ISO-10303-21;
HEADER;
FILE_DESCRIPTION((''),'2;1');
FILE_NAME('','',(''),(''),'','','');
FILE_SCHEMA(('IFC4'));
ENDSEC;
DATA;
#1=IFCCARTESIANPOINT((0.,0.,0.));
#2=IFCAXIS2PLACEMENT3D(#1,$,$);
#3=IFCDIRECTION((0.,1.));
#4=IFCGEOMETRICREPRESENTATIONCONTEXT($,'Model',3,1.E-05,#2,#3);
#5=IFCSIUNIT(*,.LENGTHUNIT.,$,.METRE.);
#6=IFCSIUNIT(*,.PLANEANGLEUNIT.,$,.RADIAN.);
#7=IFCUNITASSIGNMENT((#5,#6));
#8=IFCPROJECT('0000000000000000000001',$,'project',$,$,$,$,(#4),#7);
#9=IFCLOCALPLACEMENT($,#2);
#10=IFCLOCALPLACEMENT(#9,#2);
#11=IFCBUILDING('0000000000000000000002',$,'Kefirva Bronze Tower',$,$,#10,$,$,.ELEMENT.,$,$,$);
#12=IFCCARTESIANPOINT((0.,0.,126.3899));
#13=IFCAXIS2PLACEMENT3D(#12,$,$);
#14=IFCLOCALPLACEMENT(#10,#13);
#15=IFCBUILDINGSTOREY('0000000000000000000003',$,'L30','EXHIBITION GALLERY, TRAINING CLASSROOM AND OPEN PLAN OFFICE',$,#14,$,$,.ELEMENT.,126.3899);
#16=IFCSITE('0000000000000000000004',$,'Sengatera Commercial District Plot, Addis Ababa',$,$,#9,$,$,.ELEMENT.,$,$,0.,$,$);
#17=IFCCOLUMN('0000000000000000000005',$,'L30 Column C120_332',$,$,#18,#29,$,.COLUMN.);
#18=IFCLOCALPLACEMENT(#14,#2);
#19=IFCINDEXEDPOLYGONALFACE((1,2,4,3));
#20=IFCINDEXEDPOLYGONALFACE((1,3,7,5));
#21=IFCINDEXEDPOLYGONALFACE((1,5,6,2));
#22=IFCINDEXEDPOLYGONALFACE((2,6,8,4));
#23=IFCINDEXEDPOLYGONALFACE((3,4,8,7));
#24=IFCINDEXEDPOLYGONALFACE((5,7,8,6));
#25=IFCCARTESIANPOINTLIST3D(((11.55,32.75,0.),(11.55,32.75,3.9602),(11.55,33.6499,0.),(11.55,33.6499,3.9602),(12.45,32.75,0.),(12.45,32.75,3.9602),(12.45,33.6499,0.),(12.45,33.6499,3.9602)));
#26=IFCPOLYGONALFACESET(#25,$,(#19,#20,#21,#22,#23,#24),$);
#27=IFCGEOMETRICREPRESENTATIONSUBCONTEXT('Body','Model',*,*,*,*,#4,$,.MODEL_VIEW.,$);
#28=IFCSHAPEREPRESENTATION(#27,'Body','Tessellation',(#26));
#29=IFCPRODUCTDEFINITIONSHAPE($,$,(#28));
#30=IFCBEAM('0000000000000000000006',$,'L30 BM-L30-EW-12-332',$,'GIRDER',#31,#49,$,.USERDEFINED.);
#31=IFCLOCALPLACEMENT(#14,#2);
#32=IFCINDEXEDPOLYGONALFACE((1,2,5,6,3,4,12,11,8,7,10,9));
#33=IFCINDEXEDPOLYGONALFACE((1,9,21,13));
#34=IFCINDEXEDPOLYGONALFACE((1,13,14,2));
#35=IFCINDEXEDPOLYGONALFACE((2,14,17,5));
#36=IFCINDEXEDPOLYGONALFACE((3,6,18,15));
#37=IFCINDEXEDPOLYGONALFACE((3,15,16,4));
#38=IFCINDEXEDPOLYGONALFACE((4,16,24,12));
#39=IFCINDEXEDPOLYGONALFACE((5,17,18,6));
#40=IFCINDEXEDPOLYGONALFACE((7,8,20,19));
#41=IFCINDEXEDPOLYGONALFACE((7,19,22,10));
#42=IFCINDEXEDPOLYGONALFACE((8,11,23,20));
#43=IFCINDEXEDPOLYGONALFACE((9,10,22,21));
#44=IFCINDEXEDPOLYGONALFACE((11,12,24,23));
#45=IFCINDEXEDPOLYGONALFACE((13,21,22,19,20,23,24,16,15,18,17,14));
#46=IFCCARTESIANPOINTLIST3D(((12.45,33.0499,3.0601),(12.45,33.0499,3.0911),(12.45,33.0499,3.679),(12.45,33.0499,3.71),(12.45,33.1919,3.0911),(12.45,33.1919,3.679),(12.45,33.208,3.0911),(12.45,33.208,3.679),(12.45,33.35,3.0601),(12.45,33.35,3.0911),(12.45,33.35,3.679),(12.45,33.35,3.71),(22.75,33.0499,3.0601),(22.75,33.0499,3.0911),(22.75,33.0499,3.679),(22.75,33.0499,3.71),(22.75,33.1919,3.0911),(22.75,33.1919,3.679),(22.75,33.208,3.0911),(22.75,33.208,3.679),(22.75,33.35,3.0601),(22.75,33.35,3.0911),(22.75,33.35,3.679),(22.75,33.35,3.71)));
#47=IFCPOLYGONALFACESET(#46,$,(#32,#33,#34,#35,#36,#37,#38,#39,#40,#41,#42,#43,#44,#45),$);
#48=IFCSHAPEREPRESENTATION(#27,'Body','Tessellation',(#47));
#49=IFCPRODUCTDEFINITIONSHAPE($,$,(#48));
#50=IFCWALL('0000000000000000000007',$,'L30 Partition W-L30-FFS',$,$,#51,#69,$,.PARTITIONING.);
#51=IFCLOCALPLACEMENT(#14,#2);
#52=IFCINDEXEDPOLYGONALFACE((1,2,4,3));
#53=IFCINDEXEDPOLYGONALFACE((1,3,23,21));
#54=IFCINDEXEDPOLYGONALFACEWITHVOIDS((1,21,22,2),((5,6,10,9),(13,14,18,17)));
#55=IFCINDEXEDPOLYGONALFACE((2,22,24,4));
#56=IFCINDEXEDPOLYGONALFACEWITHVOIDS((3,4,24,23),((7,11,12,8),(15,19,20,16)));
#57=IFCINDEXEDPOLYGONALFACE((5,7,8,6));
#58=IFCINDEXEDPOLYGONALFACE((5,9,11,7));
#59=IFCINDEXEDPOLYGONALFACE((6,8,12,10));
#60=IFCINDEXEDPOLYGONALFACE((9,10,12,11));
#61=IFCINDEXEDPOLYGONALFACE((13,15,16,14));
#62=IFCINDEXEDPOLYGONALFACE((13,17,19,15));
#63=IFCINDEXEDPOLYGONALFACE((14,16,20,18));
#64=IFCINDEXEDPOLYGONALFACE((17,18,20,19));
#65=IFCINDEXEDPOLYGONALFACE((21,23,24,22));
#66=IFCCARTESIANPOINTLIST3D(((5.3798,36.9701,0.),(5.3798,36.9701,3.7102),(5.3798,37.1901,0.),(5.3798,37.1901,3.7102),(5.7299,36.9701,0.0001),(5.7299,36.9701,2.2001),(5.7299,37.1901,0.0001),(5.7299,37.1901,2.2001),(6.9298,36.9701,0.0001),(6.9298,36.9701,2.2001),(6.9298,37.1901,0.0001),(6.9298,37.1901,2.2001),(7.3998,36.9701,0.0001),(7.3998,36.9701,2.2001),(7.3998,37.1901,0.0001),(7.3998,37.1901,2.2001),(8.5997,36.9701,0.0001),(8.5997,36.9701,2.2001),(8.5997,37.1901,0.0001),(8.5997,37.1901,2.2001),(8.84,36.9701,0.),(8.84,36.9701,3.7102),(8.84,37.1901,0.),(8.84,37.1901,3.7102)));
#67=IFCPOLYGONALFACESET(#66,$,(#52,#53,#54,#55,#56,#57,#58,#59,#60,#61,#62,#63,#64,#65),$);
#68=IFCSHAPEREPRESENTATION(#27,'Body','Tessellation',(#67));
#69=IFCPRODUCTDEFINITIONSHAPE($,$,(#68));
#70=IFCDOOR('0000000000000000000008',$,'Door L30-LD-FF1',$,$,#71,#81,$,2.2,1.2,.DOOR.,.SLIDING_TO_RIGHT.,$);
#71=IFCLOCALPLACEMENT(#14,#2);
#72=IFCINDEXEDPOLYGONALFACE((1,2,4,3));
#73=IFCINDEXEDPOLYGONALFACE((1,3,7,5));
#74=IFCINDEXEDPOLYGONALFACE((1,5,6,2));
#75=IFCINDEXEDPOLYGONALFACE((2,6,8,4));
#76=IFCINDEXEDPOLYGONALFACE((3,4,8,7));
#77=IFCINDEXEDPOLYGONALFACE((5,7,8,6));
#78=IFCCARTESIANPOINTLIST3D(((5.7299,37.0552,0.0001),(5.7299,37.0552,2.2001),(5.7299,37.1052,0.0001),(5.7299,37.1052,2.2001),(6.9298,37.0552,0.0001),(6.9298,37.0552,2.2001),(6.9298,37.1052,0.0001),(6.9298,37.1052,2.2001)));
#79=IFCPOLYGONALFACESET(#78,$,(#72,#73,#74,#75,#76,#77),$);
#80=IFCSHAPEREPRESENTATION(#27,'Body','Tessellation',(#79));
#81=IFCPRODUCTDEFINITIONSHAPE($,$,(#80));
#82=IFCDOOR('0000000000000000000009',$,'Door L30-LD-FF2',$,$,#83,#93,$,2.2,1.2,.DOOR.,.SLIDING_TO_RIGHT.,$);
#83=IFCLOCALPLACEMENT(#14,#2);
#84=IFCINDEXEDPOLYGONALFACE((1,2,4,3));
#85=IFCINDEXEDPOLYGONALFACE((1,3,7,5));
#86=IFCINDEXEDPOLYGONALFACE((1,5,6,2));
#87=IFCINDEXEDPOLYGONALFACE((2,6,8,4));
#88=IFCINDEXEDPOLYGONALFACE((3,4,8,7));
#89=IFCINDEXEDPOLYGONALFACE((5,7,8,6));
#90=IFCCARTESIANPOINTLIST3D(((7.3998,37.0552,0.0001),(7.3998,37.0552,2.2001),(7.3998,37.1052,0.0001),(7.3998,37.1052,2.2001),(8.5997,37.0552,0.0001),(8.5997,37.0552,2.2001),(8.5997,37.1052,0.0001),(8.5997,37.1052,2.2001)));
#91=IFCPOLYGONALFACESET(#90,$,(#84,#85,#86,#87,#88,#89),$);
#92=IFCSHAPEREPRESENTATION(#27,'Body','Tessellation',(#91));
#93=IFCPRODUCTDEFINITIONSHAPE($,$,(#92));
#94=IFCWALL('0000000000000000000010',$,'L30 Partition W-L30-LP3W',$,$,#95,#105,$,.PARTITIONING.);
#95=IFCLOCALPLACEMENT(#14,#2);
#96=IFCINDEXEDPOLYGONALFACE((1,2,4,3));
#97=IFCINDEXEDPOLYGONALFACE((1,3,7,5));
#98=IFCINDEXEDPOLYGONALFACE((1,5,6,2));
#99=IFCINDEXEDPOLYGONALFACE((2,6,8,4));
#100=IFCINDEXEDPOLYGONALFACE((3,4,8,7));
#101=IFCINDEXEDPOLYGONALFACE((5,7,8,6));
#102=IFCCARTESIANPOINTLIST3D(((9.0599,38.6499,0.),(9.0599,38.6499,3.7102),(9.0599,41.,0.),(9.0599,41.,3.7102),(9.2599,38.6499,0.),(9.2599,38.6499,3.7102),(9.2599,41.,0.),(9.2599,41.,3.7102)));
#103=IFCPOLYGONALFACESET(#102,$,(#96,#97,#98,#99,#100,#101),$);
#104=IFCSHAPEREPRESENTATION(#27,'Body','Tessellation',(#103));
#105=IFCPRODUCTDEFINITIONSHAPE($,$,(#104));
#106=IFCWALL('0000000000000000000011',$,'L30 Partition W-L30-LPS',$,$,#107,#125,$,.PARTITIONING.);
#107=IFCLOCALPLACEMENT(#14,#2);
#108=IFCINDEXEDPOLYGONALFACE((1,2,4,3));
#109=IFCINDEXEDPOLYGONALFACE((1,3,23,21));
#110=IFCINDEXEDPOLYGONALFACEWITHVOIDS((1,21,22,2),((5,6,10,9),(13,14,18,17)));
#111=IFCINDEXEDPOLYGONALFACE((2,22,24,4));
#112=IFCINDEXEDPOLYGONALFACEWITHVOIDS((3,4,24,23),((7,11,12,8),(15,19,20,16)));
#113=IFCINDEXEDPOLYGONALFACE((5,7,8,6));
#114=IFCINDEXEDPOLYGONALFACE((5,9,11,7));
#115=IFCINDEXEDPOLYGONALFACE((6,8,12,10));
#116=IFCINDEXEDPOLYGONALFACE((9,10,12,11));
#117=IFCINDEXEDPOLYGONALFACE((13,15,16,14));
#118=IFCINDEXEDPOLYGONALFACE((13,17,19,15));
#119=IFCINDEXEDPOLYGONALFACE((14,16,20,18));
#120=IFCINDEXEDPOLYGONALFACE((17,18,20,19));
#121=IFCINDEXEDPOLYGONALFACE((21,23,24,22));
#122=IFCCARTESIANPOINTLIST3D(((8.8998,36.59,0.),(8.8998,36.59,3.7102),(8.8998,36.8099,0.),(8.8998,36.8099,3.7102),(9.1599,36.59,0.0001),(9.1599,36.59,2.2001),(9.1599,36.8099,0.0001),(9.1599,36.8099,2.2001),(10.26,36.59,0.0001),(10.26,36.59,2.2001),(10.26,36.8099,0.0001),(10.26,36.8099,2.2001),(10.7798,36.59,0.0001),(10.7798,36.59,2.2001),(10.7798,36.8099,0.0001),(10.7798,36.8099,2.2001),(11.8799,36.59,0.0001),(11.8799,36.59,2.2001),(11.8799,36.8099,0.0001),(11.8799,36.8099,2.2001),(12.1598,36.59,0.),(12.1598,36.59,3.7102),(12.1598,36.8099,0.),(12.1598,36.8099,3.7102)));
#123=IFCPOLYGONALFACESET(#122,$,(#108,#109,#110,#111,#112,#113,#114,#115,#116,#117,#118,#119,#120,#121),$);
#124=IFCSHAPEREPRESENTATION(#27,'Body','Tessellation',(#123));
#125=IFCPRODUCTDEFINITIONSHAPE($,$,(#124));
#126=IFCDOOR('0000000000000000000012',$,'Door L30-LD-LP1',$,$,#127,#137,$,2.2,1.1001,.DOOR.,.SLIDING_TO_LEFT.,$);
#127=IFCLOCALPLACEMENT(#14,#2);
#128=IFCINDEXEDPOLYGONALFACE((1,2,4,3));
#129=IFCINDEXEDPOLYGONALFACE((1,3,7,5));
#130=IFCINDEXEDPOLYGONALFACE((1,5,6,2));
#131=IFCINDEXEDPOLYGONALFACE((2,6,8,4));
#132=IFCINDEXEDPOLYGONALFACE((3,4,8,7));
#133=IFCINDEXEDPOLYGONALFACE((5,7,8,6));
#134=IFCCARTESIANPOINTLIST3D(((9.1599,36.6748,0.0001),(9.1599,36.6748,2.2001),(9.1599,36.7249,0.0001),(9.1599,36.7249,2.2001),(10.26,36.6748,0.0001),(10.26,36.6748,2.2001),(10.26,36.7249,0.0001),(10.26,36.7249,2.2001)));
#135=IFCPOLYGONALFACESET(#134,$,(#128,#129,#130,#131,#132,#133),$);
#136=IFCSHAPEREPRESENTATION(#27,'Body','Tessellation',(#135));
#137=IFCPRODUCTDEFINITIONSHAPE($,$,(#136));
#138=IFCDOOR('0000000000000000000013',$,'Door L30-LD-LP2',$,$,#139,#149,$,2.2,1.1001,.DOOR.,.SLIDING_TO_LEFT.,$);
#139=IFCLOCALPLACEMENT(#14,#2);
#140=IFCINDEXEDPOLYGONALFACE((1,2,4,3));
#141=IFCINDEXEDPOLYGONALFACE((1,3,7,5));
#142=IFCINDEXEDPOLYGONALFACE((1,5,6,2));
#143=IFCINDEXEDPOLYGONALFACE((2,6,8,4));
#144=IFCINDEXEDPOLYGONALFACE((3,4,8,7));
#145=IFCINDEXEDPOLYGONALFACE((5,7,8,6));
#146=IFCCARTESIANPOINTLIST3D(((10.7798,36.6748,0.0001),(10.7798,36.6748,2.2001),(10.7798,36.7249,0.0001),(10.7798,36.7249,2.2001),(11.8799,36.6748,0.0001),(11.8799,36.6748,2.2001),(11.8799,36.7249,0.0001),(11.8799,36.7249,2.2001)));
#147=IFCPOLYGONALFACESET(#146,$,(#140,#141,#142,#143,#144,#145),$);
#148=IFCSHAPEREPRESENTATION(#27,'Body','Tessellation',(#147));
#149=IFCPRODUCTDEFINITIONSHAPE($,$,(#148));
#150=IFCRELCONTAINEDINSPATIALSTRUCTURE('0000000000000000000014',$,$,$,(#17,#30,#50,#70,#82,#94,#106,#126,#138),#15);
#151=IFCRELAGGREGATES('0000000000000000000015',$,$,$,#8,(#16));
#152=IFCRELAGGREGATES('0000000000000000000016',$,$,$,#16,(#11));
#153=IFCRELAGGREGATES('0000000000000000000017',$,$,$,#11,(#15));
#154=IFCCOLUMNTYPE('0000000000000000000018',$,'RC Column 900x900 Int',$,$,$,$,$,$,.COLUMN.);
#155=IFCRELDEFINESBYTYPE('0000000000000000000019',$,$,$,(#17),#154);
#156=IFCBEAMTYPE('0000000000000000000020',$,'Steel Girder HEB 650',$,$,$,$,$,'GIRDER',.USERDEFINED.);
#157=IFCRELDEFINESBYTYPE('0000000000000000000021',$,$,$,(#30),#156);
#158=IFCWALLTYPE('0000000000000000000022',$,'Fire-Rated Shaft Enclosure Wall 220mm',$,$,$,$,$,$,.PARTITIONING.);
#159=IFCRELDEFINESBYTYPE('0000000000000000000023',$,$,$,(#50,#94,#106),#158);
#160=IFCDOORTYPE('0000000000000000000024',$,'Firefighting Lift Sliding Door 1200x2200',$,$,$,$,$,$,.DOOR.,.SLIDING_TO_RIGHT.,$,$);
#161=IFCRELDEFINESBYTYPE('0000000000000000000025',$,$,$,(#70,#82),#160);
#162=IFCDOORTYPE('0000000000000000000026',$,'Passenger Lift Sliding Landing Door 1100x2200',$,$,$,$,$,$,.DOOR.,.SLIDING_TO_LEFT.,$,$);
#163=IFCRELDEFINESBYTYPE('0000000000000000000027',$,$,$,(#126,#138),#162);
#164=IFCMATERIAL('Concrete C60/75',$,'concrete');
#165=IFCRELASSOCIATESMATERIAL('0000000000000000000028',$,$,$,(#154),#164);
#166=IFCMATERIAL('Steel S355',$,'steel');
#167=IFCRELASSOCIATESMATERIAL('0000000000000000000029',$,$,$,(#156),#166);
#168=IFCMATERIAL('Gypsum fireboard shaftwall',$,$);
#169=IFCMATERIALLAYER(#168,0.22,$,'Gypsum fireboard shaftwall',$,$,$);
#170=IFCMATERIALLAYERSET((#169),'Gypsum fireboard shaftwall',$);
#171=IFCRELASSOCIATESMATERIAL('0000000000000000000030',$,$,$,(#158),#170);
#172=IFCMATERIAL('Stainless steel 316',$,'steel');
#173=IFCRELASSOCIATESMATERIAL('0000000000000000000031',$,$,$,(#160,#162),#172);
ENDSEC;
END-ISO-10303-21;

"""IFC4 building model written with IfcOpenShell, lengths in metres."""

from ifc_helpers import new_model, si_unit, direction, frame, frame_2d, origin, origin_2d, place, context, subcontext, project, spatial, rectangle, i_section, extrude, material, layer, layer_set, material_profile, profile_set, type_object, element, fill, save


model = new_model("IFC4")

# Units and contexts
model_context = context("Model", 3, precision=1e-05, world=origin(), true_north=direction((0.0, 1.0)))
body_context = subcontext(model_context, "Body", "Model", "MODEL_VIEW")
ifc_project = project(units=[si_unit("LENGTHUNIT", "METRE"), si_unit("PLANEANGLEUNIT", "RADIAN")], contexts=[model_context])

# Site, building, storey
site_placement = place(None, origin())
site = spatial("IfcSite", under=ifc_project, at=site_placement, Name="Sengatera Commercial District Plot, Addis Ababa", CompositionType="ELEMENT", RefElevation=0.0)
building_placement = place(site_placement, origin())
building = spatial("IfcBuilding", under=site, at=building_placement, Name="Kefirva Bronze Tower", CompositionType="ELEMENT")
storey_placement = place(building_placement, frame((0.0, 0.0, 126.3899)))
storey = spatial("IfcBuildingStorey", under=building, at=storey_placement, Name="L30", Description="EXHIBITION GALLERY, TRAINING CLASSROOM AND OPEN PLAN OFFICE", CompositionType="ELEMENT", Elevation=126.3899)

# Column
ifc_material_1 = material(Name="Concrete C60/75", Category="concrete")
ifc_material_profile_1 = material_profile(ifc_material_1, rectangle(XDim=0.8999, YDim=0.8999, at=origin_2d()), Name="RC 900x900")
ifc_profile_set_1 = profile_set([ifc_material_profile_1], Name="Concrete C60/75")
column_type = type_object("IfcColumnType", Name="RC Column 900x900 Int", PredefinedType="COLUMN", material=ifc_profile_set_1)
column_placement = place(storey_placement, frame((12.0, 33.2, 0.0), z_axis=(0.0, 0.0, 1.0), x_axis=(1.0, 0.0, 0.0)))
element("IfcColumn", 1, at=column_placement, inside=storey, type_object=column_type, Name="L30 Column C120_332", PredefinedType="COLUMN", context=body_context, shape_type="SweptSolid", body=[
    extrude(rectangle(XDim=0.8999, YDim=0.8999, at=origin_2d()), origin(), (0.0, 0.0, 1.0), 3.9602),
])

# Beam
ifc_material_2 = material(Name="Steel S355", Category="steel")
ifc_material_profile_2 = material_profile(ifc_material_2, i_section(OverallWidth=0.3, OverallDepth=0.6499, WebThickness=0.0161, FlangeThickness=0.031, at=origin_2d()), Name="HEB 650")
ifc_profile_set_2 = profile_set([ifc_material_profile_2], Name="Steel S355")
beam_type = type_object("IfcBeamType", Name="Steel Girder HEB 650", ElementType="GIRDER", PredefinedType="USERDEFINED", material=ifc_profile_set_2)
beam_placement = place(storey_placement, frame((12.45, 33.2, 3.385), z_axis=(1.0, 0.0, 0.0), x_axis=(0.0, 1.0, 0.0)))
element("IfcBeam", 2, at=beam_placement, inside=storey, type_object=beam_type, Name="L30 BM-L30-EW-12-332", ObjectType="GIRDER", PredefinedType="USERDEFINED", context=body_context, shape_type="SweptSolid", body=[
    extrude(i_section(OverallWidth=0.3, OverallDepth=0.6499, WebThickness=0.0161, FlangeThickness=0.031, at=origin_2d()), origin(), (0.0, 0.0, 1.0), 10.3),
])

# Wall, openings, doors
ifc_material_3 = material(Name="Gypsum fireboard shaftwall")
ifc_layer_1 = layer(ifc_material_3, 0.22, Name="Gypsum fireboard shaftwall")
ifc_layer_set_1 = layer_set([ifc_layer_1], Name="Gypsum fireboard shaftwall")
wall_type_1 = type_object("IfcWallType", Name="Fire-Rated Shaft Enclosure Wall 220mm", PredefinedType="PARTITIONING", material=ifc_layer_set_1)
wall_1_placement = place(storey_placement, frame((5.3799, 37.0801, 0.0), z_axis=(0.0, 0.0, 1.0), x_axis=(1.0, 0.0, 0.0)))
wall_1 = element("IfcWall", 3, at=wall_1_placement, inside=storey, type_object=wall_type_1, Name="L30 Partition W-L30-FFS", PredefinedType="PARTITIONING", context=body_context, shape_type="SweptSolid", body=[
    extrude(rectangle(XDim=3.4602, YDim=0.22, at=frame_2d((1.73, 0.0))), origin(), (0.0, 0.0, 1.0), 3.7102),
])
opening_1_placement = place(wall_1_placement, frame((1.55, 0.0, 0.0), z_axis=(0.0, 0.0, 1.0), x_axis=(-1.0, 0.0, 0.0)))
opening_1 = element("IfcOpeningElement", 4, at=opening_1_placement, cuts=wall_1, PredefinedType="OPENING", context=body_context, shape_type="SweptSolid", body=[
    extrude(rectangle(XDim=1.2, YDim=2.2, at=frame_2d((0.6001, 1.1001))), frame((0.0, 0.1201, 0.0), z_axis=(0.0, -1.0, 0.0), x_axis=(1.0, 0.0, 0.0)), (0.0, 0.0, 1.0), 0.24),
])
opening_2_placement = place(wall_1_placement, frame((3.22, 0.0, 0.0), z_axis=(0.0, 0.0, 1.0), x_axis=(-1.0, 0.0, 0.0)))
opening_2 = element("IfcOpeningElement", 5, at=opening_2_placement, cuts=wall_1, PredefinedType="OPENING", context=body_context, shape_type="SweptSolid", body=[
    extrude(rectangle(XDim=1.2, YDim=2.2, at=frame_2d((0.6001, 1.1001))), frame((0.0, 0.1201, 0.0), z_axis=(0.0, -1.0, 0.0), x_axis=(1.0, 0.0, 0.0)), (0.0, 0.0, 1.0), 0.24),
])
ifc_material_4 = material(Name="Stainless steel 316", Category="steel")
door_type_1 = type_object("IfcDoorType", Name="Firefighting Lift Sliding Door 1200x2200", OperationType="SLIDING_TO_RIGHT", PredefinedType="DOOR", material=ifc_material_4)
door_1_placement = place(opening_1_placement, origin())
door_1 = element("IfcDoor", 6, at=door_1_placement, inside=storey, type_object=door_type_1, Name="Door L30-LD-FF1", OperationType="SLIDING_TO_RIGHT", OverallHeight=2.2, OverallWidth=1.2, PredefinedType="DOOR", context=body_context, shape_type="SweptSolid", body=[
    extrude(rectangle(XDim=1.2, YDim=2.2, at=frame_2d((0.6001, 1.1001))), frame((0.0, 0.0249, 0.0), z_axis=(0.0, -1.0, 0.0), x_axis=(1.0, 0.0, 0.0)), (0.0, 0.0, 1.0), 0.05),
])
fill(opening_1, door_1)
door_2_placement = place(opening_2_placement, origin())
door_2 = element("IfcDoor", 7, at=door_2_placement, inside=storey, type_object=door_type_1, Name="Door L30-LD-FF2", OperationType="SLIDING_TO_RIGHT", OverallHeight=2.2, OverallWidth=1.2, PredefinedType="DOOR", context=body_context, shape_type="SweptSolid", body=[
    extrude(rectangle(XDim=1.2, YDim=2.2, at=frame_2d((0.6001, 1.1001))), frame((0.0, 0.0249, 0.0), z_axis=(0.0, -1.0, 0.0), x_axis=(1.0, 0.0, 0.0)), (0.0, 0.0, 1.0), 0.05),
])
fill(opening_2, door_2)

# Wall
wall_2_placement = place(storey_placement, frame((9.1599, 38.6499, 0.0), z_axis=(0.0, 0.0, 1.0), x_axis=(0.0, 1.0, 0.0)))
element("IfcWall", 8, at=wall_2_placement, inside=storey, type_object=wall_type_1, Name="L30 Partition W-L30-LP3W", PredefinedType="PARTITIONING", context=body_context, shape_type="SweptSolid", body=[
    extrude(rectangle(XDim=2.3501, YDim=0.2, at=frame_2d((1.175, 0.0))), origin(), (0.0, 0.0, 1.0), 3.7102),
])

# Wall, openings, doors
wall_3_placement = place(storey_placement, frame((8.8999, 36.7, 0.0), z_axis=(0.0, 0.0, 1.0), x_axis=(1.0, 0.0, 0.0)))
wall_3 = element("IfcWall", 9, at=wall_3_placement, inside=storey, type_object=wall_type_1, Name="L30 Partition W-L30-LPS", PredefinedType="PARTITIONING", context=body_context, shape_type="SweptSolid", body=[
    extrude(rectangle(XDim=3.26, YDim=0.22, at=frame_2d((1.6299, 0.0))), origin(), (0.0, 0.0, 1.0), 3.7102),
])
opening_3_placement = place(wall_3_placement, frame((0.26, 0.0, 0.0)))
opening_3 = element("IfcOpeningElement", 10, at=opening_3_placement, cuts=wall_3, PredefinedType="OPENING", context=body_context, shape_type="SweptSolid", body=[
    extrude(rectangle(XDim=1.1001, YDim=2.2, at=frame_2d((0.55, 1.1001))), frame((0.0, 0.1201, 0.0), z_axis=(0.0, -1.0, 0.0), x_axis=(1.0, 0.0, 0.0)), (0.0, 0.0, 1.0), 0.24),
])
opening_4_placement = place(wall_3_placement, frame((1.8799, 0.0, 0.0)))
opening_4 = element("IfcOpeningElement", 11, at=opening_4_placement, cuts=wall_3, PredefinedType="OPENING", context=body_context, shape_type="SweptSolid", body=[
    extrude(rectangle(XDim=1.1001, YDim=2.2, at=frame_2d((0.55, 1.1001))), frame((0.0, 0.1201, 0.0), z_axis=(0.0, -1.0, 0.0), x_axis=(1.0, 0.0, 0.0)), (0.0, 0.0, 1.0), 0.24),
])
door_type_2 = type_object("IfcDoorType", Name="Passenger Lift Sliding Landing Door 1100x2200", OperationType="SLIDING_TO_LEFT", PredefinedType="DOOR", material=ifc_material_4)
door_3_placement = place(opening_3_placement, origin())
door_3 = element("IfcDoor", 12, at=door_3_placement, inside=storey, type_object=door_type_2, Name="Door L30-LD-LP1", OperationType="SLIDING_TO_LEFT", OverallHeight=2.2, OverallWidth=1.1001, PredefinedType="DOOR", context=body_context, shape_type="SweptSolid", body=[
    extrude(rectangle(XDim=1.1001, YDim=2.2, at=frame_2d((0.55, 1.1001))), frame((0.0, 0.0249, 0.0), z_axis=(0.0, -1.0, 0.0), x_axis=(1.0, 0.0, 0.0)), (0.0, 0.0, 1.0), 0.05),
])
fill(opening_3, door_3)
door_4_placement = place(opening_4_placement, origin())
door_4 = element("IfcDoor", 13, at=door_4_placement, inside=storey, type_object=door_type_2, Name="Door L30-LD-LP2", OperationType="SLIDING_TO_LEFT", OverallHeight=2.2, OverallWidth=1.1001, PredefinedType="DOOR", context=body_context, shape_type="SweptSolid", body=[
    extrude(rectangle(XDim=1.1001, YDim=2.2, at=frame_2d((0.55, 1.1001))), frame((0.0, 0.0249, 0.0), z_axis=(0.0, -1.0, 0.0), x_axis=(1.0, 0.0, 0.0)), (0.0, 0.0, 1.0), 0.05),
])
fill(opening_4, door_4)

save(model, "model.ifc")
